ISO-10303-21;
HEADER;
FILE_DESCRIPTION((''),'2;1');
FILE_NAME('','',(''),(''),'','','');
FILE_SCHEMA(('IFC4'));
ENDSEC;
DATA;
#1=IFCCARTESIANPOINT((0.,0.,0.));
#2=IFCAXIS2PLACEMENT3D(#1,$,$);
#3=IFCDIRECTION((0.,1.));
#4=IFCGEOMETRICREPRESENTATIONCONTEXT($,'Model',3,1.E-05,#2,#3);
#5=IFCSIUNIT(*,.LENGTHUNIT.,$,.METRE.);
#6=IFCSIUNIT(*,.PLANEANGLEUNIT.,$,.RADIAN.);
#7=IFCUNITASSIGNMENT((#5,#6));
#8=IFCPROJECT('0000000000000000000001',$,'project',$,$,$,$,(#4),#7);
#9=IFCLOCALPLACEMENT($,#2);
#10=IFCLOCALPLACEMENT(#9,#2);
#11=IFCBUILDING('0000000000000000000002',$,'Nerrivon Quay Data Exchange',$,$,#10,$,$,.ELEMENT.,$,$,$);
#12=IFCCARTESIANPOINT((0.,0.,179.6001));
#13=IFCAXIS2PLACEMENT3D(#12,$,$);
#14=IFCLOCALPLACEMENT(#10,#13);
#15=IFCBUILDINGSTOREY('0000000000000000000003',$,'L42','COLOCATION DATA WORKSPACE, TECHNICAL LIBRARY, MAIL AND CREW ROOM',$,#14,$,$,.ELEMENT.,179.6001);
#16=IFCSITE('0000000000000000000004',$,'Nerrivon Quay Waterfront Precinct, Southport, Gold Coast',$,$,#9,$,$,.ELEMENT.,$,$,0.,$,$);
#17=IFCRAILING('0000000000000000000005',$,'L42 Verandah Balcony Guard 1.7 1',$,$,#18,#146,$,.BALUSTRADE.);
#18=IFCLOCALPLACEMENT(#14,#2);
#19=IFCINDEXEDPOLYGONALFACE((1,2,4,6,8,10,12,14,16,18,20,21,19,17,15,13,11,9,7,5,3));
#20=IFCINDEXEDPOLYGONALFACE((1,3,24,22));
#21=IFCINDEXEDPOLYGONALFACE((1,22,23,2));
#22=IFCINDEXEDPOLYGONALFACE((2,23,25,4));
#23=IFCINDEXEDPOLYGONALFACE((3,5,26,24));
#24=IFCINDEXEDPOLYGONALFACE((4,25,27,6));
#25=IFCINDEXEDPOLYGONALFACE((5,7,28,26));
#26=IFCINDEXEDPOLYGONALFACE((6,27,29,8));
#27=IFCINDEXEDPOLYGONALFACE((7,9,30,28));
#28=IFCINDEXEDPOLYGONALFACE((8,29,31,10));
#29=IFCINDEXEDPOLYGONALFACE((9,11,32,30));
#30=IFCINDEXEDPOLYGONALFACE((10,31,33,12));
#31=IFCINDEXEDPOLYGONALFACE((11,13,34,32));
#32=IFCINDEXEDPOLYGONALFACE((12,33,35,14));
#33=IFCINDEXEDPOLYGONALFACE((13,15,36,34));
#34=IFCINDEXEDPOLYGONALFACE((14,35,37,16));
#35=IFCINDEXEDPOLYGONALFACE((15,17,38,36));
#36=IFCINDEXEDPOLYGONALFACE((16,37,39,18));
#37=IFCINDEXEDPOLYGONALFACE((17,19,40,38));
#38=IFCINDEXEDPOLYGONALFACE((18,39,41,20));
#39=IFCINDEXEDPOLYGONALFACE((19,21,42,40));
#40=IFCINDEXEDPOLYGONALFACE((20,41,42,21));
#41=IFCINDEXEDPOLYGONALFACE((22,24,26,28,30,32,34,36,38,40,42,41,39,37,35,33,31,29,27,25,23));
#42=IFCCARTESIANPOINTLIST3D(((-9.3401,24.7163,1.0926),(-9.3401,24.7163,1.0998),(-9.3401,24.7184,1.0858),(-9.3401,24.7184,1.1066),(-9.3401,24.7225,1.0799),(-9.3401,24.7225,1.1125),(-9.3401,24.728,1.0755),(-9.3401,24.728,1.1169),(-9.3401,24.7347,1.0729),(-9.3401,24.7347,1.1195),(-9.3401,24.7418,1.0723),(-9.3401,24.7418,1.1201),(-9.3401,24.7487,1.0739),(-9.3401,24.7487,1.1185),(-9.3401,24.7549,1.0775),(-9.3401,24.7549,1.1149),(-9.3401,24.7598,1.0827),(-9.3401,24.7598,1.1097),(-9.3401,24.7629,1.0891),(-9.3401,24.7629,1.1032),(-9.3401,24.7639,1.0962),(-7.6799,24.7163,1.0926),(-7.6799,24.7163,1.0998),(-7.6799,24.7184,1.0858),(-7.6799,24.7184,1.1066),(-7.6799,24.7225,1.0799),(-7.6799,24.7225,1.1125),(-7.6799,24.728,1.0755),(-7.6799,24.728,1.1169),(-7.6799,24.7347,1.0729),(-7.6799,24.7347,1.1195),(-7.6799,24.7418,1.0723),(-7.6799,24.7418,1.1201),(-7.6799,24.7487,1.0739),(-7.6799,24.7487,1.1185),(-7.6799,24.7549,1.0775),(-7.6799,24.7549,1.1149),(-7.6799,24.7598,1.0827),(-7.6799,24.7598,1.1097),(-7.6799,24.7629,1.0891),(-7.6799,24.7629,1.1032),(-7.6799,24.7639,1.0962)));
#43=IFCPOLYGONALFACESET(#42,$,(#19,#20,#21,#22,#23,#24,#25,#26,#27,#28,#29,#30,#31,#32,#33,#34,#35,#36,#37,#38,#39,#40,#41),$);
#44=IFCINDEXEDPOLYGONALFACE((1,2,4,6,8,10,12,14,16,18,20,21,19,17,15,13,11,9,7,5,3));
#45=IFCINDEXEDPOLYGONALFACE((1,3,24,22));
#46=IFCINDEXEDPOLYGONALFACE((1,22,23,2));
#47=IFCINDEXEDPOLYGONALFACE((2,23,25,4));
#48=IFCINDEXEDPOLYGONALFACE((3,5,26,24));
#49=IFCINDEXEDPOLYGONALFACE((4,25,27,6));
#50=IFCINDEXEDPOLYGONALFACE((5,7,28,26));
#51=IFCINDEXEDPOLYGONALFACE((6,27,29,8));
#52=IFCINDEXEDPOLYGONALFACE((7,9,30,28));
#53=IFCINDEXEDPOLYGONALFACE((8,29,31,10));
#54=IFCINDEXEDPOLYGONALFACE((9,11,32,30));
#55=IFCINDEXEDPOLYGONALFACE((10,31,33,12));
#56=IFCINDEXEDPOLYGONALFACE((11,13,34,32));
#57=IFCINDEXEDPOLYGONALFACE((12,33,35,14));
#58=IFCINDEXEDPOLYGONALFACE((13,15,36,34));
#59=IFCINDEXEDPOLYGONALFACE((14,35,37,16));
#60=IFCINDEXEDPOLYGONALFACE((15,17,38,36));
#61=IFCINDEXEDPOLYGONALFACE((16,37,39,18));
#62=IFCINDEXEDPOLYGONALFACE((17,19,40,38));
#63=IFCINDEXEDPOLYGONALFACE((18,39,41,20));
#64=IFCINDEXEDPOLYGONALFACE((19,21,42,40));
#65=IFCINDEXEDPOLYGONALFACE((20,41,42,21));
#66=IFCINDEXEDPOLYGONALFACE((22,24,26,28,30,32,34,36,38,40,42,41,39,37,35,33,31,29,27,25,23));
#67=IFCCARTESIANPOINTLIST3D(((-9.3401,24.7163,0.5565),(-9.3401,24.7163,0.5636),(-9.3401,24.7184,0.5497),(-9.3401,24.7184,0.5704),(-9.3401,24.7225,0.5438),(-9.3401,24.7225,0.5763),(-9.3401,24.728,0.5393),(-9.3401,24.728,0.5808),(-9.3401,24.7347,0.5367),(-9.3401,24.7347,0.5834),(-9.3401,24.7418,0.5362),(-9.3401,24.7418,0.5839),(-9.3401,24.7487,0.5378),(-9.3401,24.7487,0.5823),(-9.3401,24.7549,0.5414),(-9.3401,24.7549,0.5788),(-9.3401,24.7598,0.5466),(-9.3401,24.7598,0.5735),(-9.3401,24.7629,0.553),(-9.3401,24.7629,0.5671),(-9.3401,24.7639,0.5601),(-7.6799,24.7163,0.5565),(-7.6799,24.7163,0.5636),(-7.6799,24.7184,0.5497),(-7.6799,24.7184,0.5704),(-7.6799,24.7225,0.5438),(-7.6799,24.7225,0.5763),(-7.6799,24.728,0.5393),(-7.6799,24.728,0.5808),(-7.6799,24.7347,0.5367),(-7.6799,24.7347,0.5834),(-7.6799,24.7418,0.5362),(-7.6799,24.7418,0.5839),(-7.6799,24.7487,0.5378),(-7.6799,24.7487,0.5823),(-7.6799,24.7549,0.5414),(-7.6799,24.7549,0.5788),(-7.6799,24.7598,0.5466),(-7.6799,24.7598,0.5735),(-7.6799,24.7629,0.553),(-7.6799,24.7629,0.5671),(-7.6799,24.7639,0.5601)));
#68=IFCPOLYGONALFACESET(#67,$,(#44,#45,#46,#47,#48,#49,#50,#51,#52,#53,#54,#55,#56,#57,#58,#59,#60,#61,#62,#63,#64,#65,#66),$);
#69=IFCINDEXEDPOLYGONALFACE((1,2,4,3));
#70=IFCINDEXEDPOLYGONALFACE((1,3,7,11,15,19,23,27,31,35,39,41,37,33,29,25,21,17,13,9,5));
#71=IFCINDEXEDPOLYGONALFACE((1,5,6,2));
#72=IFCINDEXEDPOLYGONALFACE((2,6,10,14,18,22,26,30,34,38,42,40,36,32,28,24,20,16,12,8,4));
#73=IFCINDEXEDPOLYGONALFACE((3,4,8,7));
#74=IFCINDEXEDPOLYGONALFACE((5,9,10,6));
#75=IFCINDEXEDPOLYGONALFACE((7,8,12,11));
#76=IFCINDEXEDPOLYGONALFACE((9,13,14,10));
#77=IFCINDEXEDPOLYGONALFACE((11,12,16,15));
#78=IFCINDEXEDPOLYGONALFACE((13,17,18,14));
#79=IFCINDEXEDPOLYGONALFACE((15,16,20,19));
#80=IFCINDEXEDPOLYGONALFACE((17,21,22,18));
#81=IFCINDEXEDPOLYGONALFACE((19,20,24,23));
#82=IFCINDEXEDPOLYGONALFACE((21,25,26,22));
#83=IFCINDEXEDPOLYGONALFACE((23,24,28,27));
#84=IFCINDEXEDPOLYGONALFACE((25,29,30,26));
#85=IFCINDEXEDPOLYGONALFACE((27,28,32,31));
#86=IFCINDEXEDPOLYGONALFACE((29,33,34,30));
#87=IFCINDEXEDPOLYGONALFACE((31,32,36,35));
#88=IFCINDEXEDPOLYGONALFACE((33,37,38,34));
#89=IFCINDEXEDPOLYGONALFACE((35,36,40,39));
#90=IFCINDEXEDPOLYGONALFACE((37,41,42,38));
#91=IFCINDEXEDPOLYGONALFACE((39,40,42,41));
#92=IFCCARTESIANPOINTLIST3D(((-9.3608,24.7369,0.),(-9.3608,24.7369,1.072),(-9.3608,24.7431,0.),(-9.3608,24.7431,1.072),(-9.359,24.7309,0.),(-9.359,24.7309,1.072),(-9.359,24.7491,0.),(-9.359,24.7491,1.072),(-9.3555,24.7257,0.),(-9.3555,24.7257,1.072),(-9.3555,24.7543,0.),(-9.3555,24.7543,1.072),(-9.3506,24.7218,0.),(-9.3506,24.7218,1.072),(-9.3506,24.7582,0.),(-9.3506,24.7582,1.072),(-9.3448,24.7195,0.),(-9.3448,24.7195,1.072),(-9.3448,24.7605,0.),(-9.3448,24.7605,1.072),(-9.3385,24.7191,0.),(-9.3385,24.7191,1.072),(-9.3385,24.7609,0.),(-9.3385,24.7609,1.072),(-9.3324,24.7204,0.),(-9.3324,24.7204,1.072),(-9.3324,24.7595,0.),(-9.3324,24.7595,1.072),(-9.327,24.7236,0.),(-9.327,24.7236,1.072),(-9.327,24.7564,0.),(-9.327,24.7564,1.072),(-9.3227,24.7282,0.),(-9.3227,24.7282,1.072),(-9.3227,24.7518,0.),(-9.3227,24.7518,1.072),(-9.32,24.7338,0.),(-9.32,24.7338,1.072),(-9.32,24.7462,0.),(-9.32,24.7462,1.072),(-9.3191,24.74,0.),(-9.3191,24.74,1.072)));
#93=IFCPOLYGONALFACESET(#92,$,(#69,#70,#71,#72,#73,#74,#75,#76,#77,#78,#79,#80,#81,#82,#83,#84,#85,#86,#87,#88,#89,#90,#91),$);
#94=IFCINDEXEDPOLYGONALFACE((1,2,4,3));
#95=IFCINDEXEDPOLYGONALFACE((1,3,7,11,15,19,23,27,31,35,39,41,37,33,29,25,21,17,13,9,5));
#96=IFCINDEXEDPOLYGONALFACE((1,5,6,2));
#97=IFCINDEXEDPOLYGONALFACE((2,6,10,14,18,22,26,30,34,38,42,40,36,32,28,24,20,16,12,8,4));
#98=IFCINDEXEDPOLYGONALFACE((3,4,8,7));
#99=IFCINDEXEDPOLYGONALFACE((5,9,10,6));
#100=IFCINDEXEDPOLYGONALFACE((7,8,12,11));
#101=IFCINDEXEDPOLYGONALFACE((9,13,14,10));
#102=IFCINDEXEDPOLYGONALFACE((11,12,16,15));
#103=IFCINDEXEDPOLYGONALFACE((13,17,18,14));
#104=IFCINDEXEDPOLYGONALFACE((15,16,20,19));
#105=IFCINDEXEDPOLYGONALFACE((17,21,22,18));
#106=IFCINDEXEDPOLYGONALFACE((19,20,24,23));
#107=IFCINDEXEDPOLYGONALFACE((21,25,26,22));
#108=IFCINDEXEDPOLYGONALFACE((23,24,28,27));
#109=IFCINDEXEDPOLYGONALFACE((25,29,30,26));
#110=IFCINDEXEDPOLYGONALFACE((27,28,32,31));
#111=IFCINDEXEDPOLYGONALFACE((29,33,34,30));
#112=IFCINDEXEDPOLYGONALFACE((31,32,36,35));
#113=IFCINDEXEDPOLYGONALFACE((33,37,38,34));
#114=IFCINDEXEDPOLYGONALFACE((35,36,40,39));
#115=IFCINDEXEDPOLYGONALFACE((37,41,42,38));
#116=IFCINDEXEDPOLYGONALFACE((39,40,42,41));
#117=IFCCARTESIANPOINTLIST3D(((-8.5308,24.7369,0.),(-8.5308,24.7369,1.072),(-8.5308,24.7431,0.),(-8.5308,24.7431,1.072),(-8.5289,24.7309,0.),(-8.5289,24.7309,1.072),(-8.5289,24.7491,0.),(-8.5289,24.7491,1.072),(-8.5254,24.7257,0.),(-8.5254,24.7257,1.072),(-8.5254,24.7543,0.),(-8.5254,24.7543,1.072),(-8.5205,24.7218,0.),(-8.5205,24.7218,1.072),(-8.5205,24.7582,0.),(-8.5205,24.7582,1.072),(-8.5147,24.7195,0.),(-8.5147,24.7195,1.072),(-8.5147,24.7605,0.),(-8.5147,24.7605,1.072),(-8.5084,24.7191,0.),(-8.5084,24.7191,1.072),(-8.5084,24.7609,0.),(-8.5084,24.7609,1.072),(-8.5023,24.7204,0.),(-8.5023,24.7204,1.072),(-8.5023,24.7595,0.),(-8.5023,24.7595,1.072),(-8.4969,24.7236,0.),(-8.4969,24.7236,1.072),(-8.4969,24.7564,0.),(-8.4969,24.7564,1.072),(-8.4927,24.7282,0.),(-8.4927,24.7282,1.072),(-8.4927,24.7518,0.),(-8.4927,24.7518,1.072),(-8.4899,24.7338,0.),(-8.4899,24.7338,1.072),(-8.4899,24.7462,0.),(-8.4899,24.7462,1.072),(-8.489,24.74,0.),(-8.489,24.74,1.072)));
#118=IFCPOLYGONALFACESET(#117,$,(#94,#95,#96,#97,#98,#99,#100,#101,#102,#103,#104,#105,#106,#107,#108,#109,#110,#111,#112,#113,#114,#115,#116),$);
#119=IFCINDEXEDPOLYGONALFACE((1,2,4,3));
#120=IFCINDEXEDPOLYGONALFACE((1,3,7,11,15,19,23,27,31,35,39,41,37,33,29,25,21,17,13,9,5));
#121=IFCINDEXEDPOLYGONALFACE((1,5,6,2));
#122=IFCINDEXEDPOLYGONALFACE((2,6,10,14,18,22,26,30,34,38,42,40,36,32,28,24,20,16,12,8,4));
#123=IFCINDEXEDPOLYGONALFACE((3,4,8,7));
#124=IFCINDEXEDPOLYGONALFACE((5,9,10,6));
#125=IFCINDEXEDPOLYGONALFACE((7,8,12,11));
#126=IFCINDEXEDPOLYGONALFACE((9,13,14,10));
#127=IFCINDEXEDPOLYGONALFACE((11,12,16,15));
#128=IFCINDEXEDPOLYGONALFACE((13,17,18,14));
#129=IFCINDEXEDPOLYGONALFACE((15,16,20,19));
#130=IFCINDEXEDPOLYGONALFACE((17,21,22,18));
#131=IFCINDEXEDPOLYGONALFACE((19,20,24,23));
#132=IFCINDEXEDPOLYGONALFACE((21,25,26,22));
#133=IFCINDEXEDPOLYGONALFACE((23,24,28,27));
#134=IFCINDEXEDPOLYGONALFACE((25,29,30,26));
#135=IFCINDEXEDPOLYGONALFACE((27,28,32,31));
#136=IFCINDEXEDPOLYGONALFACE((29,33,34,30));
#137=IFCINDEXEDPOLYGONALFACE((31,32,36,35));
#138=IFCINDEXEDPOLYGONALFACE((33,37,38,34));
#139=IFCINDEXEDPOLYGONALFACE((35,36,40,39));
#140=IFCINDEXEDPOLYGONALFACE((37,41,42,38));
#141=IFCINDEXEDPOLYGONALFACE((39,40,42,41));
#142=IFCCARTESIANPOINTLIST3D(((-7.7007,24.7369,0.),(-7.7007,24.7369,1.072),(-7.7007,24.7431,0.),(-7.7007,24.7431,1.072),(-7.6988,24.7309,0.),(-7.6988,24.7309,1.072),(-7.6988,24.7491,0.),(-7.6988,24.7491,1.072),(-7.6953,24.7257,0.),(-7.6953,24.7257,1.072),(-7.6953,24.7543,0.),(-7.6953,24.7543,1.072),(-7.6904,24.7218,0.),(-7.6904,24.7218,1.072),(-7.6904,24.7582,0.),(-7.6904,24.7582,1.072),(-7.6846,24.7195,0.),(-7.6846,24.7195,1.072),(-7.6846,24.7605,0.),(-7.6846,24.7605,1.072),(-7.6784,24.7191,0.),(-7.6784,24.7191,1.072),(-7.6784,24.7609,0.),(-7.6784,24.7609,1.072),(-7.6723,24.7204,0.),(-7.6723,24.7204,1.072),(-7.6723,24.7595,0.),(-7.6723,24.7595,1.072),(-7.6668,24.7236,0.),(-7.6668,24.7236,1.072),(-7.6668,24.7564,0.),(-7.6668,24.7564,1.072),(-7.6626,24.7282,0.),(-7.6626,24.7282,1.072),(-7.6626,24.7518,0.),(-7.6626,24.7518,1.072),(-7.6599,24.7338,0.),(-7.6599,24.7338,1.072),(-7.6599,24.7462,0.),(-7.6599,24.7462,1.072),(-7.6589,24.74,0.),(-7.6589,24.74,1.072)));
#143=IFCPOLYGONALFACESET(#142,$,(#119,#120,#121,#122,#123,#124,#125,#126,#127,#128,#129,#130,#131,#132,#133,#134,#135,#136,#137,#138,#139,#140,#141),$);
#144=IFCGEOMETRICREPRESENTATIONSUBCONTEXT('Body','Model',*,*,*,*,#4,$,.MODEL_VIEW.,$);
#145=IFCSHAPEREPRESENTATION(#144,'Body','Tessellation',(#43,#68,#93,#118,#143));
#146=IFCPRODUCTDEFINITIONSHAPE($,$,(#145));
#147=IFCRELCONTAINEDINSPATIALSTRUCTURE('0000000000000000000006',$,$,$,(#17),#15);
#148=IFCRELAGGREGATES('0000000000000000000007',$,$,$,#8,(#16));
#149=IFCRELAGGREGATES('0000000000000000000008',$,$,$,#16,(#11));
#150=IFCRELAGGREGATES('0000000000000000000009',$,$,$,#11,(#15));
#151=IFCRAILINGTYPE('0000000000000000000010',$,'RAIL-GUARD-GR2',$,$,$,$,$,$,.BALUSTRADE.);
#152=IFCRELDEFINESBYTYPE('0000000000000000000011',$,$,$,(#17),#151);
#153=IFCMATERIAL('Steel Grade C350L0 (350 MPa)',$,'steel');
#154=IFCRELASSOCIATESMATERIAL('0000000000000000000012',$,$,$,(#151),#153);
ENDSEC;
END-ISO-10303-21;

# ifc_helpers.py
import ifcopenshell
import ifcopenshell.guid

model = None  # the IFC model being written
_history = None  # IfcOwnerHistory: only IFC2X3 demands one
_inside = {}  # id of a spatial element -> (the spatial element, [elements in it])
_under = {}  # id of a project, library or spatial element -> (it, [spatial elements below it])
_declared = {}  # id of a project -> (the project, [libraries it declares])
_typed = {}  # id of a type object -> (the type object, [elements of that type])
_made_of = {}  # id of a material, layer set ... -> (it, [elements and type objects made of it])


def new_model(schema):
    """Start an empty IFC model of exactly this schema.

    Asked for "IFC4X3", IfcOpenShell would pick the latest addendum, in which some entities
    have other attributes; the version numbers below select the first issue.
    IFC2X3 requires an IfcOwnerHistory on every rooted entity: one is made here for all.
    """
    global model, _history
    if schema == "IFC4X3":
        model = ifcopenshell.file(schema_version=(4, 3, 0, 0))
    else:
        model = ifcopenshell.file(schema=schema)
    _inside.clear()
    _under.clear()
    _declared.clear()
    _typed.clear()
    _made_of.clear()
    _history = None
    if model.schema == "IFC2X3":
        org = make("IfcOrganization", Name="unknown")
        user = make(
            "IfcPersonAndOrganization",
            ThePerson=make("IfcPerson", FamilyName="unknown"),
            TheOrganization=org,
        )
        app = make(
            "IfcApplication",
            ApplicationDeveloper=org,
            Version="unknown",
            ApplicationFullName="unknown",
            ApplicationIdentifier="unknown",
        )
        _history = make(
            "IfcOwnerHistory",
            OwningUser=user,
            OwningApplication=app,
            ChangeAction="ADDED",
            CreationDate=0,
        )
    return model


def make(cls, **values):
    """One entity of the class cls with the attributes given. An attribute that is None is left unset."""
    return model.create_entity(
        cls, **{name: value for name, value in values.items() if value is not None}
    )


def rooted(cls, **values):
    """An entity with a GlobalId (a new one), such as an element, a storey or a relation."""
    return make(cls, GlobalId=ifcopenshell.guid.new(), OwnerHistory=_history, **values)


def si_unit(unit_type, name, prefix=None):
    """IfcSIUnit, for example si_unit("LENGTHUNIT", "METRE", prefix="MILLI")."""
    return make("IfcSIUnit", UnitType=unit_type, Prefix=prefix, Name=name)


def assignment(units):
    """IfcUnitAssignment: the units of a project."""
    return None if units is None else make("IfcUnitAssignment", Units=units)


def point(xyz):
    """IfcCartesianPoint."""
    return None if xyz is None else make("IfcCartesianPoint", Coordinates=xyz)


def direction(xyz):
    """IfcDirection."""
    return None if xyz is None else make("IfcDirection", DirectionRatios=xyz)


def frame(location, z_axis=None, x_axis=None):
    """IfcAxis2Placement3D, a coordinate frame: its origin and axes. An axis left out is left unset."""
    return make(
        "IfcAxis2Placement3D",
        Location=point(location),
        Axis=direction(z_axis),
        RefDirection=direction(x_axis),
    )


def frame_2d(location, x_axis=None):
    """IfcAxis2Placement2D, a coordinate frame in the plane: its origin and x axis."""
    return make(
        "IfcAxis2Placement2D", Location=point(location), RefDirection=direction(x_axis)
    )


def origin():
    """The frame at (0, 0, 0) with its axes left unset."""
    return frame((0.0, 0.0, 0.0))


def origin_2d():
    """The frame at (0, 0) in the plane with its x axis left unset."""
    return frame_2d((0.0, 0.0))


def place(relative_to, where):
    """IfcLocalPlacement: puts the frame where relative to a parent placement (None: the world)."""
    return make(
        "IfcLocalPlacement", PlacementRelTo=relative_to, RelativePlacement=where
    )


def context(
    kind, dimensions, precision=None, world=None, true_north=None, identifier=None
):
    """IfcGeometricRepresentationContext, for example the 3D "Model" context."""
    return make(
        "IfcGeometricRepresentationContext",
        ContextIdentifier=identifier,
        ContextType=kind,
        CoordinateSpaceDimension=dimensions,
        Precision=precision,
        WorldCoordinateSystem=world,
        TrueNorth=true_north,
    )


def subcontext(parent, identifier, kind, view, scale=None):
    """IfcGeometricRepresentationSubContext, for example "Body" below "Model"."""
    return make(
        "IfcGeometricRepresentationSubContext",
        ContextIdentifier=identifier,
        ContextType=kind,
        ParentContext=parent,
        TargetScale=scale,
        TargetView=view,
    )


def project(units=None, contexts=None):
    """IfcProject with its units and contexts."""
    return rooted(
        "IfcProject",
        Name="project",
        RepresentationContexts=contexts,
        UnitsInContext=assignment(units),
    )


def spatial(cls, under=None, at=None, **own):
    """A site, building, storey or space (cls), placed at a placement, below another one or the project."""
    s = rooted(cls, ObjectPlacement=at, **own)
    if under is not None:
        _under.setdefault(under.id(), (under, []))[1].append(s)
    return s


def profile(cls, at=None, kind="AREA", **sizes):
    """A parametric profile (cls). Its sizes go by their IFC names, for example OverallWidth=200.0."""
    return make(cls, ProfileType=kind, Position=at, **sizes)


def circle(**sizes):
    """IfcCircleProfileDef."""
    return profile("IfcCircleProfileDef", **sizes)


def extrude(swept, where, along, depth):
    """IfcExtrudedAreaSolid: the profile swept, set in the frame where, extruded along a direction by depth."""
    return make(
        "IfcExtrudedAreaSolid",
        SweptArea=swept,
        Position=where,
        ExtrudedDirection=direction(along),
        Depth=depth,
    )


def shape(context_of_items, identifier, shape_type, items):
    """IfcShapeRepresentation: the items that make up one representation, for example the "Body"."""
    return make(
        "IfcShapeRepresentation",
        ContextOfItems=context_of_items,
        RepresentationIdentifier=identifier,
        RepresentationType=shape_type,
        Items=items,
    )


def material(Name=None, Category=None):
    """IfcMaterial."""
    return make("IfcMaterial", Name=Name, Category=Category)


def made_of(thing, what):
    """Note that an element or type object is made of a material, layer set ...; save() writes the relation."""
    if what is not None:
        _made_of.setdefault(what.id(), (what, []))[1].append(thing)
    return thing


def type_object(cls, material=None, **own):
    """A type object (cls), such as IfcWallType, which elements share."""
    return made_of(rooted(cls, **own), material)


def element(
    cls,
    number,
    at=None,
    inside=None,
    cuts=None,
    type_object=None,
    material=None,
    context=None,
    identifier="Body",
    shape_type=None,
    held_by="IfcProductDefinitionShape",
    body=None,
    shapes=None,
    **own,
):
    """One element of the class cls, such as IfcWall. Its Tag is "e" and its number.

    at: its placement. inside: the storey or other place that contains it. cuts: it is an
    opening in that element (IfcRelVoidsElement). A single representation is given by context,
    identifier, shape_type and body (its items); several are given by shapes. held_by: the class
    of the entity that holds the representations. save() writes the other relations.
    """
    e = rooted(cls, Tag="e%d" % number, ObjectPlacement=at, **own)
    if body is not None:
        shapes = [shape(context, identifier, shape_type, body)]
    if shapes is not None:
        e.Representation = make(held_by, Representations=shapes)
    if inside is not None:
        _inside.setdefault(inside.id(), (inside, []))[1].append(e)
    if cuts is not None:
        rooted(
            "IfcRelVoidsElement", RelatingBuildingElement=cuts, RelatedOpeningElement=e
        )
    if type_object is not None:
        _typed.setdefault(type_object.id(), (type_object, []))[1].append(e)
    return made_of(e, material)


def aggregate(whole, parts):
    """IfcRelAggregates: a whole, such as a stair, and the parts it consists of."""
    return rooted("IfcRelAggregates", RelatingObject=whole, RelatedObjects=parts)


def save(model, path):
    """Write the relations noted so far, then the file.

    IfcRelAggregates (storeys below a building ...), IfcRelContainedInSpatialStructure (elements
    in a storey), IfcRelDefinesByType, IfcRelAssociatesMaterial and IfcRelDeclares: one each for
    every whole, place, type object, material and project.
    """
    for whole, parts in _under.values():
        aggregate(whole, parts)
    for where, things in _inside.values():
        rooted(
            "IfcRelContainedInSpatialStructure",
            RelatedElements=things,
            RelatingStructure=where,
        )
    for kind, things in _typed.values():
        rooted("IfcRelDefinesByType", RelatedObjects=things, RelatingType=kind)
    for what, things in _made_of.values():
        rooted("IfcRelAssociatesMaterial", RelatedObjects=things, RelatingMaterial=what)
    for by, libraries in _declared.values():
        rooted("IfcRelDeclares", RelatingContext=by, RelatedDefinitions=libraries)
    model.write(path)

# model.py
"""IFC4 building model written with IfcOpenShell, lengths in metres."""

from ifc_helpers import new_model, si_unit, direction, frame, origin, origin_2d, place, context, subcontext, project, spatial, circle, extrude, material, type_object, element, save


model = new_model("IFC4")

# Units and contexts
model_context = context("Model", 3, precision=1e-05, world=origin(), true_north=direction((0.0, 1.0)))
body_context = subcontext(model_context, "Body", "Model", "MODEL_VIEW")
ifc_project = project(units=[si_unit("LENGTHUNIT", "METRE"), si_unit("PLANEANGLEUNIT", "RADIAN")], contexts=[model_context])

# Site, building, storey
site_placement = place(None, origin())
site = spatial("IfcSite", under=ifc_project, at=site_placement, Name="Nerrivon Quay Waterfront Precinct, Southport, Gold Coast", CompositionType="ELEMENT", RefElevation=0.0)
building_placement = place(site_placement, origin())
building = spatial("IfcBuilding", under=site, at=building_placement, Name="Nerrivon Quay Data Exchange", CompositionType="ELEMENT")
storey_placement = place(building_placement, frame((0.0, 0.0, 179.6001)))
storey = spatial("IfcBuildingStorey", under=building, at=storey_placement, Name="L42", Description="COLOCATION DATA WORKSPACE, TECHNICAL LIBRARY, MAIL AND CREW ROOM", CompositionType="ELEMENT", Elevation=179.6001)

# Railing
ifc_material_1 = material(Name="Steel Grade C350L0 (350 MPa)", Category="steel")
railing_type = type_object("IfcRailingType", Name="RAIL-GUARD-GR2", PredefinedType="BALUSTRADE", material=ifc_material_1)
railing_1_placement = place(storey_placement, frame((-9.3401, 24.74, 0.0)))
element("IfcRailing", 1, at=railing_1_placement, inside=storey, type_object=railing_type, Name="L42 Verandah Balcony Guard 1.7 1", PredefinedType="BALUSTRADE", context=body_context, shape_type="SweptSolid", body=[
    extrude(circle(Radius=0.0239, at=origin_2d()), frame((0.0, 0.0, 1.0962), z_axis=(1.0, 0.0, 0.0), x_axis=(0.0, 1.0, 0.0)), (0.0, 0.0, 1.0), 1.6602),
    extrude(circle(Radius=0.0239, at=origin_2d()), frame((0.0, 0.0, 0.5601), z_axis=(1.0, 0.0, 0.0), x_axis=(0.0, 1.0, 0.0)), (0.0, 0.0, 1.0), 1.6602),
    extrude(circle(Radius=0.021, at=origin_2d()), origin(), (0.0, 0.0, 1.0), 1.072),
    extrude(circle(Radius=0.021, at=origin_2d()), frame((0.8301, 0.0, 0.0)), (0.0, 0.0, 1.0), 1.072),
    extrude(circle(Radius=0.021, at=origin_2d()), frame((1.6602, 0.0, 0.0)), (0.0, 0.0, 1.0), 1.072),
])

save(model, "model.ifc")
